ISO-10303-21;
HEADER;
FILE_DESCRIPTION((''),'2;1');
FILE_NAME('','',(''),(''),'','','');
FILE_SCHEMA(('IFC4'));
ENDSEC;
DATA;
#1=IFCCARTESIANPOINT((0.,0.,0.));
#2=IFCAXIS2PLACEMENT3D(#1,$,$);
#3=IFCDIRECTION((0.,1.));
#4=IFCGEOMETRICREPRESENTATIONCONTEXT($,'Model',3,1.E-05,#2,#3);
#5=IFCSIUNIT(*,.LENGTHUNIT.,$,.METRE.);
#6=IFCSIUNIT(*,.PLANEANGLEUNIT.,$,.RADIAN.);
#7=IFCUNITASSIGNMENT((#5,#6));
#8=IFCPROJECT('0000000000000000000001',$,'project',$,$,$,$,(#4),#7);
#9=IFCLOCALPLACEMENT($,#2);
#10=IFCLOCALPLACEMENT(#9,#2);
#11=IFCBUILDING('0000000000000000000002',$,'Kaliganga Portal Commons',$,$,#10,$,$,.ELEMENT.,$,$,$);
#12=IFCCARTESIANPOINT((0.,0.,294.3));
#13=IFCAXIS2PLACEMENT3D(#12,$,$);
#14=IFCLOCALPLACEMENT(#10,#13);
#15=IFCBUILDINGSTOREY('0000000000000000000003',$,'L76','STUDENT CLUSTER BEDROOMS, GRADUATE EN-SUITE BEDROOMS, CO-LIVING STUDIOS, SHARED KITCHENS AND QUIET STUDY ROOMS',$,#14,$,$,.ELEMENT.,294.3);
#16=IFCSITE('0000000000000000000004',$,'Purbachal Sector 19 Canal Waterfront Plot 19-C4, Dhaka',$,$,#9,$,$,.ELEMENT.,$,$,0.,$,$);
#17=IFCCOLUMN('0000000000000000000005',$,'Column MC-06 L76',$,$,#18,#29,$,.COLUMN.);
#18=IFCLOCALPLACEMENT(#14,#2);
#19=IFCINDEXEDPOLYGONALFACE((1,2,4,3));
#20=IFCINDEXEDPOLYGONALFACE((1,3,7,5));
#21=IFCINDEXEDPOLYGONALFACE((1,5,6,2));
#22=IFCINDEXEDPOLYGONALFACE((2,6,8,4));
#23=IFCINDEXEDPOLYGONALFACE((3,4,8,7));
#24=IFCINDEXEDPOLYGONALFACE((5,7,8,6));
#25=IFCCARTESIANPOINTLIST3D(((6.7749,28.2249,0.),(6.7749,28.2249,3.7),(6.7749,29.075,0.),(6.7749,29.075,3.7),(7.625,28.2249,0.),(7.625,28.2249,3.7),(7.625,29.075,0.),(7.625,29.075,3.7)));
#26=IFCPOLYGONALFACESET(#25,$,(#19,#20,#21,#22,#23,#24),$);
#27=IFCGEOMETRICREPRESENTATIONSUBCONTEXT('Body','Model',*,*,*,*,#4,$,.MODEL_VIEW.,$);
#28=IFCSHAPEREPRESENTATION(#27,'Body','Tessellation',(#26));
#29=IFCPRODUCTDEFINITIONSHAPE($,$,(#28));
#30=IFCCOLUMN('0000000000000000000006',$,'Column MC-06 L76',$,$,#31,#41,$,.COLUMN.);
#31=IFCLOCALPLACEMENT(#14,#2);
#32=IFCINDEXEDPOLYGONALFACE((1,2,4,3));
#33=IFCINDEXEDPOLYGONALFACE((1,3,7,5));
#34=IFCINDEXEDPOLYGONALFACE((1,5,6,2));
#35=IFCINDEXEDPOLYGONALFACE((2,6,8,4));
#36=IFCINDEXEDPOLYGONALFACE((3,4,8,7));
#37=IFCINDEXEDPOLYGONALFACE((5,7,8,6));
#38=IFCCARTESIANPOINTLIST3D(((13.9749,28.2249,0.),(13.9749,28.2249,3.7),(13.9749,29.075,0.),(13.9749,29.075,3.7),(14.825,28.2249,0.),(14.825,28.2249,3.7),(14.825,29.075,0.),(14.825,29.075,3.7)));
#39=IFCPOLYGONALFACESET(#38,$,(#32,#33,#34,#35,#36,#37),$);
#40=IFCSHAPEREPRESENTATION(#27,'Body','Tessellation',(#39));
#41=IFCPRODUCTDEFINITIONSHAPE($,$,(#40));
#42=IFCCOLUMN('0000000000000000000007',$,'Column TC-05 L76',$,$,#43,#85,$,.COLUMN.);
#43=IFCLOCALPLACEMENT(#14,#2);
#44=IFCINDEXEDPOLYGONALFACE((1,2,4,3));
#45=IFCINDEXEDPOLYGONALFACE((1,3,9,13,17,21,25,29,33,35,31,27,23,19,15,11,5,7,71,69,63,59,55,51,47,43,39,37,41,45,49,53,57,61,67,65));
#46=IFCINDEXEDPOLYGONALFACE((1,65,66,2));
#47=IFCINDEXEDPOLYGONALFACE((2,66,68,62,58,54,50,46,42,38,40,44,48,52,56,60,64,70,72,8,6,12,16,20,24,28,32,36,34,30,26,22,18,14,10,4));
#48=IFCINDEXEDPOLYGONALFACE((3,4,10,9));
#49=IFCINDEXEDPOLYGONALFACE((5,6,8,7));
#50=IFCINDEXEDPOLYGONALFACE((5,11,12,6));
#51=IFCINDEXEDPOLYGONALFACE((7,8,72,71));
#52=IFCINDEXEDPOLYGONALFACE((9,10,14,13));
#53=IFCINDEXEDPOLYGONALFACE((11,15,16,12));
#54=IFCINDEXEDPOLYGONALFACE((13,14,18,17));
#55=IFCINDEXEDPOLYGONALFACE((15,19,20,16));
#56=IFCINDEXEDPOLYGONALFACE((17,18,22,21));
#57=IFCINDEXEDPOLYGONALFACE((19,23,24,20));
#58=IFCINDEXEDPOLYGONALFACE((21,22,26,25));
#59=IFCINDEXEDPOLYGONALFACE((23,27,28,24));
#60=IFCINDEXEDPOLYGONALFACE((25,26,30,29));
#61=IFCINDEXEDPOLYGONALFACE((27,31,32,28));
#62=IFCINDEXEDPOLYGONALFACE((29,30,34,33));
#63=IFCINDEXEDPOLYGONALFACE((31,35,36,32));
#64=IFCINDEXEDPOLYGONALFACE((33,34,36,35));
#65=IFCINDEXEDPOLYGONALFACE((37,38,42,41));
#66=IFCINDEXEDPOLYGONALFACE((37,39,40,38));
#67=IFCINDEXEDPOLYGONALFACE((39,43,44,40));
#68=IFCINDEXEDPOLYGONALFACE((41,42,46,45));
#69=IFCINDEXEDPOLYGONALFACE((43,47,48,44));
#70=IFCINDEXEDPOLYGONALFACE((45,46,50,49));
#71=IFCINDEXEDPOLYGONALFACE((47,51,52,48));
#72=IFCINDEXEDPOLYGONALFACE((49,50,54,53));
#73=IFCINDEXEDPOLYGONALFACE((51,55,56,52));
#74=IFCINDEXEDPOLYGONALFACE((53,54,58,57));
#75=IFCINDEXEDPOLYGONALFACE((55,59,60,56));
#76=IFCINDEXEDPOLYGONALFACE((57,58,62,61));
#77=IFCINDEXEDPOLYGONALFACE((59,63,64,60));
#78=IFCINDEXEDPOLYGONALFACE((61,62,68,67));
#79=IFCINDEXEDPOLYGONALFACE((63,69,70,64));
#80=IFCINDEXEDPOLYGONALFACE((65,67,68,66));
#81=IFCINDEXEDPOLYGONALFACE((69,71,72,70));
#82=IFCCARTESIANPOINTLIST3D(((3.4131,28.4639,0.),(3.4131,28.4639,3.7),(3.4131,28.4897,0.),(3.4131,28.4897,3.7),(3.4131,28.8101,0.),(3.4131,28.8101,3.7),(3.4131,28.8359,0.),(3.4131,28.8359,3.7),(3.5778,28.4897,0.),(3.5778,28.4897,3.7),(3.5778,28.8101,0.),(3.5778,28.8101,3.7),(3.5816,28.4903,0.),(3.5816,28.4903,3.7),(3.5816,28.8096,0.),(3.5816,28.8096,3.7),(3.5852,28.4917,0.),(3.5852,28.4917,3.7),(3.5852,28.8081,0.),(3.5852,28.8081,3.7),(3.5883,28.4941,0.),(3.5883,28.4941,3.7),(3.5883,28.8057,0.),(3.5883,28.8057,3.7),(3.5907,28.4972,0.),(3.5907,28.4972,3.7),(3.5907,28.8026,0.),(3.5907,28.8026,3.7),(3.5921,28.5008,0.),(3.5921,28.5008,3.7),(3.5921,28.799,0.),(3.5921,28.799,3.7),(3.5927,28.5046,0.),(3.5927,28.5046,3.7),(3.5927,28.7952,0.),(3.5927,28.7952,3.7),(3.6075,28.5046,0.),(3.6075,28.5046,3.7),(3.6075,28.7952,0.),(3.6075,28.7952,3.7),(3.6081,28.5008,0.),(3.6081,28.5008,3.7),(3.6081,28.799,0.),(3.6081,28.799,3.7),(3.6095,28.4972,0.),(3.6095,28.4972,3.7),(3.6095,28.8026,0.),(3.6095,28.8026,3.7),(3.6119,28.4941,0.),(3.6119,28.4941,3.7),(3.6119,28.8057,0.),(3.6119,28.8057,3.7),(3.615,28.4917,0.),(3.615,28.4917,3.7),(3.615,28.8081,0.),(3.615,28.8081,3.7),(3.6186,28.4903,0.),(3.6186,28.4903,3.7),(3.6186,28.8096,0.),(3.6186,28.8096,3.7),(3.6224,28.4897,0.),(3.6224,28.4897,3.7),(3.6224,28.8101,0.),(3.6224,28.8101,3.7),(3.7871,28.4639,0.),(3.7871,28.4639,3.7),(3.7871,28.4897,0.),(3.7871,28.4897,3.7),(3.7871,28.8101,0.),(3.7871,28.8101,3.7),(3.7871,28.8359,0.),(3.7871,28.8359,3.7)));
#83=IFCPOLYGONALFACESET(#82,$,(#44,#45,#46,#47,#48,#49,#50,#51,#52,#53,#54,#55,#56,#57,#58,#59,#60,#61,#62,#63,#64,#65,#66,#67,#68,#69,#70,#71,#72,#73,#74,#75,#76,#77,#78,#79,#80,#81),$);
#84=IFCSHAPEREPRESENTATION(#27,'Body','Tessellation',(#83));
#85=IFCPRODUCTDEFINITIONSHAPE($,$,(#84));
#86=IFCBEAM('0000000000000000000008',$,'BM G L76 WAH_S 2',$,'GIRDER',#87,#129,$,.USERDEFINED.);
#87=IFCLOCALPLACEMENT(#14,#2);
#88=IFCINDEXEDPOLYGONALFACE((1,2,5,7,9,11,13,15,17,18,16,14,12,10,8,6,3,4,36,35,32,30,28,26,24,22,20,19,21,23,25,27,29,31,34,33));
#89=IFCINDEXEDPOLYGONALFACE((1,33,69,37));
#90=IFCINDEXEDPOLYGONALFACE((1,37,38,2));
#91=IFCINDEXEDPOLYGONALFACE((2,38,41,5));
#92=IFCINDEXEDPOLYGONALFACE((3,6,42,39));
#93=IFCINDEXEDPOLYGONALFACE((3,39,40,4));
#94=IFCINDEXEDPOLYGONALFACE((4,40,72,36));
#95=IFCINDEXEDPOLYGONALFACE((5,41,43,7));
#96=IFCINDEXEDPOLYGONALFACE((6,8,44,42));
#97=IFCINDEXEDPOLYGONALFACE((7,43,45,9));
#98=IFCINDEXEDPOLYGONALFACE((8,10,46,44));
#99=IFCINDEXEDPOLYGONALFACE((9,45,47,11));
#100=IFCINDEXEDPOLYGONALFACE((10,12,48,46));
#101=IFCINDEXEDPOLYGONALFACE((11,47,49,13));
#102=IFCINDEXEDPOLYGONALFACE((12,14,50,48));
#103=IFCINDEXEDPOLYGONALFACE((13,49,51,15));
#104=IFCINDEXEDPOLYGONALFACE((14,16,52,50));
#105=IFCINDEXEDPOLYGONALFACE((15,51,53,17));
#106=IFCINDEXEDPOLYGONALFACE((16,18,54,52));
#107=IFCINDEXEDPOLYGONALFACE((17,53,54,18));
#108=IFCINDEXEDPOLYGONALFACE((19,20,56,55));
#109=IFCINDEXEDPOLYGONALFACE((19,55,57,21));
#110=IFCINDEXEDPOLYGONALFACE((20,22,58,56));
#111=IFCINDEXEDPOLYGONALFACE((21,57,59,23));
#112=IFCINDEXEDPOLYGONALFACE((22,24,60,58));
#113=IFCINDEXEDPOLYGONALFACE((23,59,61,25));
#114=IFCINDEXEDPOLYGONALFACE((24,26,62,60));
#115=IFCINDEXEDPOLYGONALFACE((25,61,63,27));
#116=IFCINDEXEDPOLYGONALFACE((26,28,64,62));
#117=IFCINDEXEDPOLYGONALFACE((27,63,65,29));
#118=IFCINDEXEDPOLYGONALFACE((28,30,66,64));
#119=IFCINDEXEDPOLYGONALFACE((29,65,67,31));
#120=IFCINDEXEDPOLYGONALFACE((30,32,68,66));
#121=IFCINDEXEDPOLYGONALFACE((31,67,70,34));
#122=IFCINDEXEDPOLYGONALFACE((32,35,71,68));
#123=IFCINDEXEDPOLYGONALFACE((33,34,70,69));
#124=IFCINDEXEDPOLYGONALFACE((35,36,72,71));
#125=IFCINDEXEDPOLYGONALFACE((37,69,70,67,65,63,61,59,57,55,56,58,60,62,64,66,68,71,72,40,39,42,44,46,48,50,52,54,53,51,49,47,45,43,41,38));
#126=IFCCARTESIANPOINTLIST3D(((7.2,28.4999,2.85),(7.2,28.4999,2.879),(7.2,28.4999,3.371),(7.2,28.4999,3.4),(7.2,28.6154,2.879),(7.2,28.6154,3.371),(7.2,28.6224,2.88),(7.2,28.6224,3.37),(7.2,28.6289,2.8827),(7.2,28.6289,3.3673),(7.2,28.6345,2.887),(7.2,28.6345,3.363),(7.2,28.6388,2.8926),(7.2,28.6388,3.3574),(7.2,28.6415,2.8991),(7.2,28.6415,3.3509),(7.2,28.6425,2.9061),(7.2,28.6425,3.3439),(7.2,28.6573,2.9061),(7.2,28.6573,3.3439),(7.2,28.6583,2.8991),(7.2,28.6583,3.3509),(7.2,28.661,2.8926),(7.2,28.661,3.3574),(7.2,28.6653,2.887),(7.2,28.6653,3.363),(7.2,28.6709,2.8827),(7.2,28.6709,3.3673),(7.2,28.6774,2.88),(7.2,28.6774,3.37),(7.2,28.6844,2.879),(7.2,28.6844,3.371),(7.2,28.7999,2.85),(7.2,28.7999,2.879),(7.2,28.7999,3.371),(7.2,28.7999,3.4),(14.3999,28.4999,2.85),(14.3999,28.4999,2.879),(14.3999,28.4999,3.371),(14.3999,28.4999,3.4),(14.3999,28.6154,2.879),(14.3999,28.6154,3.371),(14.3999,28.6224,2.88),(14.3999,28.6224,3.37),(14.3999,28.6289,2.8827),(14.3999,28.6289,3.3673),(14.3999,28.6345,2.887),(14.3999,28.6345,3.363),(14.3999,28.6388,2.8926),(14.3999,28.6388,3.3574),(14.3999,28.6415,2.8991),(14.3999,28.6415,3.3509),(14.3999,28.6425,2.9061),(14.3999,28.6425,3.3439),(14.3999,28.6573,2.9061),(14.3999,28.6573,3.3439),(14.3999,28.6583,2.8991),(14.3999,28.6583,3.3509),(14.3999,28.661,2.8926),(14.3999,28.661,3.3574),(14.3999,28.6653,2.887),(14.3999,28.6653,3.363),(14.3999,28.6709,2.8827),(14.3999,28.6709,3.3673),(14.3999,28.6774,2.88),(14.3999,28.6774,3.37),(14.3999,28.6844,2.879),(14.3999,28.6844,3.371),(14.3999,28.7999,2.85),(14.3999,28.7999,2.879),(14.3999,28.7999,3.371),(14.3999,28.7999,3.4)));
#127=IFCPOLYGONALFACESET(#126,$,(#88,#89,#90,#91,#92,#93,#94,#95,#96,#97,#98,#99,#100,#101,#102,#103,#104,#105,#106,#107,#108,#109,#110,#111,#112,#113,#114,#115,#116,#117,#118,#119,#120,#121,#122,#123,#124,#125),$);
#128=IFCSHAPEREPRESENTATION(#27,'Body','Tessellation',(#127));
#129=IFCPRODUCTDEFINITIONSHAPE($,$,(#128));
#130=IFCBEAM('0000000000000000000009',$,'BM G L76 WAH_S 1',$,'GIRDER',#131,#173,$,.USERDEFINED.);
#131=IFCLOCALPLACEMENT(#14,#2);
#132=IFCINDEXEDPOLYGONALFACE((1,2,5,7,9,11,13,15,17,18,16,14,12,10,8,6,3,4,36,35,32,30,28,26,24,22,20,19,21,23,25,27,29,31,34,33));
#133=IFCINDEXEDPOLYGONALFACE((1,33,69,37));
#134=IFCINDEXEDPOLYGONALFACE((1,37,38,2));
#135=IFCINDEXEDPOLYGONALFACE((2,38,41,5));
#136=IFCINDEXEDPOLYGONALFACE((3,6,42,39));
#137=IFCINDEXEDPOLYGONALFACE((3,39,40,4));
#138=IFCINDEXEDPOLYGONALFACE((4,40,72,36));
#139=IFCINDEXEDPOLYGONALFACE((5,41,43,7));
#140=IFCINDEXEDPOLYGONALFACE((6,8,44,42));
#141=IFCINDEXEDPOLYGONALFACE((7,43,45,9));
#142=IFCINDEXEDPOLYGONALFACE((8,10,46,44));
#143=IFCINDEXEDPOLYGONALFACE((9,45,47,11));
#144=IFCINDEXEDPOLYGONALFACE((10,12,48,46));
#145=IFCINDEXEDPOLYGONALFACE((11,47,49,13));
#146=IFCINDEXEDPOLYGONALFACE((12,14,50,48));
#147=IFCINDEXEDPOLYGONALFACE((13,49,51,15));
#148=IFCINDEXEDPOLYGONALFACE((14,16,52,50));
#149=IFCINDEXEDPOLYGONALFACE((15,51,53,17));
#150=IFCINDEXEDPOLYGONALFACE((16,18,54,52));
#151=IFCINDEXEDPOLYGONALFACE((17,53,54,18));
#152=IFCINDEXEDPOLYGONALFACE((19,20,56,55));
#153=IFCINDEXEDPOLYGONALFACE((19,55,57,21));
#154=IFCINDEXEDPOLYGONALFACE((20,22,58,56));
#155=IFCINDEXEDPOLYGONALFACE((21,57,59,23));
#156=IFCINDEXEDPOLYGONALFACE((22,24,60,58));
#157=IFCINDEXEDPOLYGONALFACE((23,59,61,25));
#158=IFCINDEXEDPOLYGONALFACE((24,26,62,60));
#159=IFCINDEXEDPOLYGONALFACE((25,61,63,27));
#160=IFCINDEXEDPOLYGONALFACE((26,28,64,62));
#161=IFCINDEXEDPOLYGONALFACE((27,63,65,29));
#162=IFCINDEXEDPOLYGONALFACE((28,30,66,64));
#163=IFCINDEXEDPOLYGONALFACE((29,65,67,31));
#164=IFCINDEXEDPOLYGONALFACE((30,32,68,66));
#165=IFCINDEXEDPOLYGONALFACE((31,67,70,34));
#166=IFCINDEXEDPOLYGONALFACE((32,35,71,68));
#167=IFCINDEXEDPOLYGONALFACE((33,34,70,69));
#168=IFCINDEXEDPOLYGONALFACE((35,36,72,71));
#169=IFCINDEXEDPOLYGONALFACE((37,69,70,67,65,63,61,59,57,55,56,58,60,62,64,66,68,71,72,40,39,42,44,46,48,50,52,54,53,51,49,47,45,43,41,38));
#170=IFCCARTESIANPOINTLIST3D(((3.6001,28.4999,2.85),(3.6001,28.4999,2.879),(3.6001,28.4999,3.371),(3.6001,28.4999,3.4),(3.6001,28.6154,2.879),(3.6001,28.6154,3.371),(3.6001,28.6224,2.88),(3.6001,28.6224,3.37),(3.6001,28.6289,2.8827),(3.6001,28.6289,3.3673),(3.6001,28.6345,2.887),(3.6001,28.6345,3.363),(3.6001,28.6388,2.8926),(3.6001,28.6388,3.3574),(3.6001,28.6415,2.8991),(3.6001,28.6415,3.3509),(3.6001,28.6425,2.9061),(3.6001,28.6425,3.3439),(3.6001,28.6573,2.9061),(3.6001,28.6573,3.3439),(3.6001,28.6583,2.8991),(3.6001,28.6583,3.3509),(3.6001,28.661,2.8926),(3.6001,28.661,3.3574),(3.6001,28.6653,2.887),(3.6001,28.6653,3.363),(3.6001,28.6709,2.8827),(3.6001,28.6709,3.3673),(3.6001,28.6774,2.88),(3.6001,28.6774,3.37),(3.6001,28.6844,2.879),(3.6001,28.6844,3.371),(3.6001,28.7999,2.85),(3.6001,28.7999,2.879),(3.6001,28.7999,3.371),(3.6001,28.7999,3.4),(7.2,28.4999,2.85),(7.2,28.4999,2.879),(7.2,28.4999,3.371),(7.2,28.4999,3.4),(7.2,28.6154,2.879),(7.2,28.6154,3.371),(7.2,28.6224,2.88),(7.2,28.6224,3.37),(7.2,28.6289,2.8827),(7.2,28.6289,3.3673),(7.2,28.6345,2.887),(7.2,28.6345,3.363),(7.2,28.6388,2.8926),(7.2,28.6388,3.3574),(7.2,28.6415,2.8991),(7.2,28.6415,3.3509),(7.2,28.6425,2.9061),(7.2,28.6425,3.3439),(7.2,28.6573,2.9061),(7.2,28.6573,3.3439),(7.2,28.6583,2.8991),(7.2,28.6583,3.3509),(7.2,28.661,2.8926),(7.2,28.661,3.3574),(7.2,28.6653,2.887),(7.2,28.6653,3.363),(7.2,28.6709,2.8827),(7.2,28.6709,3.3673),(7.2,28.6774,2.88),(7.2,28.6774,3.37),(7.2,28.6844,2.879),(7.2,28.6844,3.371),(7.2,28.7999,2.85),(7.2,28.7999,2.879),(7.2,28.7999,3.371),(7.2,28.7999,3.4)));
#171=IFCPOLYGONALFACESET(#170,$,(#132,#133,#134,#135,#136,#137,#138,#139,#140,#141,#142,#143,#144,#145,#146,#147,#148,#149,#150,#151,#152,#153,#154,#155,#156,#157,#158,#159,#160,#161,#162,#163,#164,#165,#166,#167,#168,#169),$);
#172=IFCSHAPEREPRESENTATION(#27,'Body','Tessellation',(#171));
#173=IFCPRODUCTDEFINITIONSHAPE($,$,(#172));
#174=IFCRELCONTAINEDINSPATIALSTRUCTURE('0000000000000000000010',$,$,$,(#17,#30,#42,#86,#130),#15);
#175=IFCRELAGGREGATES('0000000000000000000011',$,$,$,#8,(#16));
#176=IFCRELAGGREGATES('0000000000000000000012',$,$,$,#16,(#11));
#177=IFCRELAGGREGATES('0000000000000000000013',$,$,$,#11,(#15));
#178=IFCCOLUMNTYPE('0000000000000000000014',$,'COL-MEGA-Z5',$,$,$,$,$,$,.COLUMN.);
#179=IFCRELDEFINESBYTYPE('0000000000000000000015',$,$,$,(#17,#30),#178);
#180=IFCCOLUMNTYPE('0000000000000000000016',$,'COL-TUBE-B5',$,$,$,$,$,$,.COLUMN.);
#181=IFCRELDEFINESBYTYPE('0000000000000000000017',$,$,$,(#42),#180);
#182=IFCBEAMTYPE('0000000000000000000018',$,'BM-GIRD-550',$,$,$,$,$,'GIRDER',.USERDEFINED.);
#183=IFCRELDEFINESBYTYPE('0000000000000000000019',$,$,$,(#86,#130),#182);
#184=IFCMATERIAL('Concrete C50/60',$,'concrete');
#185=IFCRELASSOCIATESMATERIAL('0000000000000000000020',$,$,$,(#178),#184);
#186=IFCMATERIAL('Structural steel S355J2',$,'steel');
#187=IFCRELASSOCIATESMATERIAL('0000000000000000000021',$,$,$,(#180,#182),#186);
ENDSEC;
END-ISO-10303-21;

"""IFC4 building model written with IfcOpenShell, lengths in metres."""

from ifc_helpers import new_model, si_unit, direction, frame, origin, origin_2d, place, context, subcontext, project, spatial, rectangle, i_section, extrude, source, transform, mapped, material, material_profile, profile_set, type_object, element, save


model = new_model("IFC4")

# Units and contexts
model_context = context("Model", 3, precision=1e-05, world=origin(), true_north=direction((0.0, 1.0)))
body_context = subcontext(model_context, "Body", "Model", "MODEL_VIEW")
ifc_project = project(units=[si_unit("LENGTHUNIT", "METRE"), si_unit("PLANEANGLEUNIT", "RADIAN")], contexts=[model_context])

# Site, building, storey
site_placement = place(None, origin())
site = spatial("IfcSite", under=ifc_project, at=site_placement, Name="Purbachal Sector 19 Canal Waterfront Plot 19-C4, Dhaka", CompositionType="ELEMENT", RefElevation=0.0)
building_placement = place(site_placement, origin())
building = spatial("IfcBuilding", under=site, at=building_placement, Name="Kaliganga Portal Commons", CompositionType="ELEMENT")
storey_placement = place(building_placement, frame((0.0, 0.0, 294.3)))
storey = spatial("IfcBuildingStorey", under=building, at=storey_placement, Name="L76", Description="STUDENT CLUSTER BEDROOMS, GRADUATE EN-SUITE BEDROOMS, CO-LIVING STUDIOS, SHARED KITCHENS AND QUIET STUDY ROOMS", CompositionType="ELEMENT", Elevation=294.3)

# Columns
ifc_material_1 = material(Name="Concrete C50/60", Category="concrete")
ifc_material_profile_1 = material_profile(ifc_material_1, rectangle(XDim=0.8501, YDim=0.8501, at=origin_2d()), Name="RC 850x850")
ifc_profile_set_1 = profile_set([ifc_material_profile_1], Name="Concrete C50/60")
column_type_1 = type_object("IfcColumnType", Name="COL-MEGA-Z5", PredefinedType="COLUMN", material=ifc_profile_set_1)
shared_shape_1 = source(origin(), body_context, "Body", "SweptSolid", [
    extrude(rectangle(XDim=0.8501, YDim=0.8501, at=origin_2d()), origin(), (0.0, 0.0, 1.0), 3.7),
])
for number, where, z_axis, x_axis, name in (
    (1, (7.2, 28.6499, 0.0), (0.0, 0.0, 1.0), (1.0, 0.0, 0.0), "Column MC-06 L76"),
    (2, (14.3999, 28.6499, 0.0), (0.0, 0.0, 1.0), (1.0, 0.0, 0.0), "Column MC-06 L76"),
):
    element("IfcColumn", number, at=place(storey_placement, frame(where, z_axis=z_axis, x_axis=x_axis)), inside=storey, type_object=column_type_1, Name=name, PredefinedType="COLUMN", context=body_context, shape_type="MappedRepresentation", body=[
        mapped(shared_shape_1, transform((0.0, 0.0, 0.0), x_axis=(1.0, 0.0, 0.0), y_axis=(0.0, 1.0, 0.0), z_axis=(0.0, 0.0, 1.0), scale=1.0)),
    ])
ifc_material_2 = material(Name="Structural steel S355J2", Category="steel")
ifc_material_profile_2 = material_profile(ifc_material_2, i_section(OverallWidth=0.374, OverallDepth=0.3721, WebThickness=0.0149, FlangeThickness=0.0259, FilletRadius=0.0149, at=origin_2d()), Name="HD 360x196")
ifc_profile_set_2 = profile_set([ifc_material_profile_2], Name="Structural steel S355J2 wide-flange")
column_type_2 = type_object("IfcColumnType", Name="COL-TUBE-B5", PredefinedType="COLUMN", material=ifc_profile_set_2)
shared_shape_2 = source(origin(), body_context, "Body", "SweptSolid", [
    extrude(i_section(OverallWidth=0.374, OverallDepth=0.3721, WebThickness=0.0149, FlangeThickness=0.0259, FilletRadius=0.0149, at=origin_2d()), origin(), (0.0, 0.0, 1.0), 3.7),
])
column_placement = place(storey_placement, frame((3.6001, 28.6499, 0.0), z_axis=(0.0, 0.0, 1.0), x_axis=(1.0, 0.0, 0.0)))
element("IfcColumn", 3, at=column_placement, inside=storey, type_object=column_type_2, Name="Column TC-05 L76", PredefinedType="COLUMN", context=body_context, shape_type="MappedRepresentation", body=[
    mapped(shared_shape_2, transform((0.0, 0.0, 0.0), x_axis=(1.0, 0.0, 0.0), y_axis=(0.0, 1.0, 0.0), z_axis=(0.0, 0.0, 1.0), scale=1.0)),
])

# Beams
ifc_material_profile_3 = material_profile(ifc_material_2, i_section(OverallWidth=0.3, OverallDepth=0.55, WebThickness=0.0149, FlangeThickness=0.0291, FilletRadius=0.0271, at=origin_2d()), Name="HE 550 B")
ifc_profile_set_3 = profile_set([ifc_material_profile_3], Name="Structural steel S355J2 wide-flange")
beam_type_1 = type_object("IfcBeamType", Name="BM-GIRD-550", ElementType="GIRDER", PredefinedType="USERDEFINED", material=ifc_profile_set_3)
shared_shape_3 = source(origin(), body_context, "Body", "SweptSolid", [
    extrude(i_section(OverallWidth=0.3, OverallDepth=0.55, WebThickness=0.0149, FlangeThickness=0.0291, FilletRadius=0.0271, at=origin_2d()), origin(), (0.0, 0.0, 1.0), 7.2),
])
beam_1_placement = place(storey_placement, frame((7.2, 28.6499, 3.125), z_axis=(1.0, 0.0, 0.0), x_axis=(0.0, 1.0, 0.0)))
element("IfcBeam", 4, at=beam_1_placement, inside=storey, type_object=beam_type_1, Name="BM G L76 WAH_S 2", ObjectType="GIRDER", PredefinedType="USERDEFINED", context=body_context, shape_type="MappedRepresentation", body=[
    mapped(shared_shape_3, transform((0.0, 0.0, 0.0), x_axis=(1.0, 0.0, 0.0), y_axis=(0.0, 1.0, 0.0), z_axis=(0.0, 0.0, 1.0), scale=1.0)),
])
shared_shape_4 = source(origin(), body_context, "Body", "SweptSolid", [
    extrude(i_section(OverallWidth=0.3, OverallDepth=0.55, WebThickness=0.0149, FlangeThickness=0.0291, FilletRadius=0.0271, at=origin_2d()), origin(), (0.0, 0.0, 1.0), 3.5999),
])
beam_2_placement = place(storey_placement, frame((3.6001, 28.6499, 3.125), z_axis=(1.0, 0.0, 0.0), x_axis=(0.0, 1.0, 0.0)))
element("IfcBeam", 5, at=beam_2_placement, inside=storey, type_object=beam_type_1, Name="BM G L76 WAH_S 1", ObjectType="GIRDER", PredefinedType="USERDEFINED", context=body_context, shape_type="MappedRepresentation", body=[
    mapped(shared_shape_4, transform((0.0, 0.0, 0.0), x_axis=(1.0, 0.0, 0.0), y_axis=(0.0, 1.0, 0.0), z_axis=(0.0, 0.0, 1.0), scale=1.0)),
])

save(model, "model.ifc")
